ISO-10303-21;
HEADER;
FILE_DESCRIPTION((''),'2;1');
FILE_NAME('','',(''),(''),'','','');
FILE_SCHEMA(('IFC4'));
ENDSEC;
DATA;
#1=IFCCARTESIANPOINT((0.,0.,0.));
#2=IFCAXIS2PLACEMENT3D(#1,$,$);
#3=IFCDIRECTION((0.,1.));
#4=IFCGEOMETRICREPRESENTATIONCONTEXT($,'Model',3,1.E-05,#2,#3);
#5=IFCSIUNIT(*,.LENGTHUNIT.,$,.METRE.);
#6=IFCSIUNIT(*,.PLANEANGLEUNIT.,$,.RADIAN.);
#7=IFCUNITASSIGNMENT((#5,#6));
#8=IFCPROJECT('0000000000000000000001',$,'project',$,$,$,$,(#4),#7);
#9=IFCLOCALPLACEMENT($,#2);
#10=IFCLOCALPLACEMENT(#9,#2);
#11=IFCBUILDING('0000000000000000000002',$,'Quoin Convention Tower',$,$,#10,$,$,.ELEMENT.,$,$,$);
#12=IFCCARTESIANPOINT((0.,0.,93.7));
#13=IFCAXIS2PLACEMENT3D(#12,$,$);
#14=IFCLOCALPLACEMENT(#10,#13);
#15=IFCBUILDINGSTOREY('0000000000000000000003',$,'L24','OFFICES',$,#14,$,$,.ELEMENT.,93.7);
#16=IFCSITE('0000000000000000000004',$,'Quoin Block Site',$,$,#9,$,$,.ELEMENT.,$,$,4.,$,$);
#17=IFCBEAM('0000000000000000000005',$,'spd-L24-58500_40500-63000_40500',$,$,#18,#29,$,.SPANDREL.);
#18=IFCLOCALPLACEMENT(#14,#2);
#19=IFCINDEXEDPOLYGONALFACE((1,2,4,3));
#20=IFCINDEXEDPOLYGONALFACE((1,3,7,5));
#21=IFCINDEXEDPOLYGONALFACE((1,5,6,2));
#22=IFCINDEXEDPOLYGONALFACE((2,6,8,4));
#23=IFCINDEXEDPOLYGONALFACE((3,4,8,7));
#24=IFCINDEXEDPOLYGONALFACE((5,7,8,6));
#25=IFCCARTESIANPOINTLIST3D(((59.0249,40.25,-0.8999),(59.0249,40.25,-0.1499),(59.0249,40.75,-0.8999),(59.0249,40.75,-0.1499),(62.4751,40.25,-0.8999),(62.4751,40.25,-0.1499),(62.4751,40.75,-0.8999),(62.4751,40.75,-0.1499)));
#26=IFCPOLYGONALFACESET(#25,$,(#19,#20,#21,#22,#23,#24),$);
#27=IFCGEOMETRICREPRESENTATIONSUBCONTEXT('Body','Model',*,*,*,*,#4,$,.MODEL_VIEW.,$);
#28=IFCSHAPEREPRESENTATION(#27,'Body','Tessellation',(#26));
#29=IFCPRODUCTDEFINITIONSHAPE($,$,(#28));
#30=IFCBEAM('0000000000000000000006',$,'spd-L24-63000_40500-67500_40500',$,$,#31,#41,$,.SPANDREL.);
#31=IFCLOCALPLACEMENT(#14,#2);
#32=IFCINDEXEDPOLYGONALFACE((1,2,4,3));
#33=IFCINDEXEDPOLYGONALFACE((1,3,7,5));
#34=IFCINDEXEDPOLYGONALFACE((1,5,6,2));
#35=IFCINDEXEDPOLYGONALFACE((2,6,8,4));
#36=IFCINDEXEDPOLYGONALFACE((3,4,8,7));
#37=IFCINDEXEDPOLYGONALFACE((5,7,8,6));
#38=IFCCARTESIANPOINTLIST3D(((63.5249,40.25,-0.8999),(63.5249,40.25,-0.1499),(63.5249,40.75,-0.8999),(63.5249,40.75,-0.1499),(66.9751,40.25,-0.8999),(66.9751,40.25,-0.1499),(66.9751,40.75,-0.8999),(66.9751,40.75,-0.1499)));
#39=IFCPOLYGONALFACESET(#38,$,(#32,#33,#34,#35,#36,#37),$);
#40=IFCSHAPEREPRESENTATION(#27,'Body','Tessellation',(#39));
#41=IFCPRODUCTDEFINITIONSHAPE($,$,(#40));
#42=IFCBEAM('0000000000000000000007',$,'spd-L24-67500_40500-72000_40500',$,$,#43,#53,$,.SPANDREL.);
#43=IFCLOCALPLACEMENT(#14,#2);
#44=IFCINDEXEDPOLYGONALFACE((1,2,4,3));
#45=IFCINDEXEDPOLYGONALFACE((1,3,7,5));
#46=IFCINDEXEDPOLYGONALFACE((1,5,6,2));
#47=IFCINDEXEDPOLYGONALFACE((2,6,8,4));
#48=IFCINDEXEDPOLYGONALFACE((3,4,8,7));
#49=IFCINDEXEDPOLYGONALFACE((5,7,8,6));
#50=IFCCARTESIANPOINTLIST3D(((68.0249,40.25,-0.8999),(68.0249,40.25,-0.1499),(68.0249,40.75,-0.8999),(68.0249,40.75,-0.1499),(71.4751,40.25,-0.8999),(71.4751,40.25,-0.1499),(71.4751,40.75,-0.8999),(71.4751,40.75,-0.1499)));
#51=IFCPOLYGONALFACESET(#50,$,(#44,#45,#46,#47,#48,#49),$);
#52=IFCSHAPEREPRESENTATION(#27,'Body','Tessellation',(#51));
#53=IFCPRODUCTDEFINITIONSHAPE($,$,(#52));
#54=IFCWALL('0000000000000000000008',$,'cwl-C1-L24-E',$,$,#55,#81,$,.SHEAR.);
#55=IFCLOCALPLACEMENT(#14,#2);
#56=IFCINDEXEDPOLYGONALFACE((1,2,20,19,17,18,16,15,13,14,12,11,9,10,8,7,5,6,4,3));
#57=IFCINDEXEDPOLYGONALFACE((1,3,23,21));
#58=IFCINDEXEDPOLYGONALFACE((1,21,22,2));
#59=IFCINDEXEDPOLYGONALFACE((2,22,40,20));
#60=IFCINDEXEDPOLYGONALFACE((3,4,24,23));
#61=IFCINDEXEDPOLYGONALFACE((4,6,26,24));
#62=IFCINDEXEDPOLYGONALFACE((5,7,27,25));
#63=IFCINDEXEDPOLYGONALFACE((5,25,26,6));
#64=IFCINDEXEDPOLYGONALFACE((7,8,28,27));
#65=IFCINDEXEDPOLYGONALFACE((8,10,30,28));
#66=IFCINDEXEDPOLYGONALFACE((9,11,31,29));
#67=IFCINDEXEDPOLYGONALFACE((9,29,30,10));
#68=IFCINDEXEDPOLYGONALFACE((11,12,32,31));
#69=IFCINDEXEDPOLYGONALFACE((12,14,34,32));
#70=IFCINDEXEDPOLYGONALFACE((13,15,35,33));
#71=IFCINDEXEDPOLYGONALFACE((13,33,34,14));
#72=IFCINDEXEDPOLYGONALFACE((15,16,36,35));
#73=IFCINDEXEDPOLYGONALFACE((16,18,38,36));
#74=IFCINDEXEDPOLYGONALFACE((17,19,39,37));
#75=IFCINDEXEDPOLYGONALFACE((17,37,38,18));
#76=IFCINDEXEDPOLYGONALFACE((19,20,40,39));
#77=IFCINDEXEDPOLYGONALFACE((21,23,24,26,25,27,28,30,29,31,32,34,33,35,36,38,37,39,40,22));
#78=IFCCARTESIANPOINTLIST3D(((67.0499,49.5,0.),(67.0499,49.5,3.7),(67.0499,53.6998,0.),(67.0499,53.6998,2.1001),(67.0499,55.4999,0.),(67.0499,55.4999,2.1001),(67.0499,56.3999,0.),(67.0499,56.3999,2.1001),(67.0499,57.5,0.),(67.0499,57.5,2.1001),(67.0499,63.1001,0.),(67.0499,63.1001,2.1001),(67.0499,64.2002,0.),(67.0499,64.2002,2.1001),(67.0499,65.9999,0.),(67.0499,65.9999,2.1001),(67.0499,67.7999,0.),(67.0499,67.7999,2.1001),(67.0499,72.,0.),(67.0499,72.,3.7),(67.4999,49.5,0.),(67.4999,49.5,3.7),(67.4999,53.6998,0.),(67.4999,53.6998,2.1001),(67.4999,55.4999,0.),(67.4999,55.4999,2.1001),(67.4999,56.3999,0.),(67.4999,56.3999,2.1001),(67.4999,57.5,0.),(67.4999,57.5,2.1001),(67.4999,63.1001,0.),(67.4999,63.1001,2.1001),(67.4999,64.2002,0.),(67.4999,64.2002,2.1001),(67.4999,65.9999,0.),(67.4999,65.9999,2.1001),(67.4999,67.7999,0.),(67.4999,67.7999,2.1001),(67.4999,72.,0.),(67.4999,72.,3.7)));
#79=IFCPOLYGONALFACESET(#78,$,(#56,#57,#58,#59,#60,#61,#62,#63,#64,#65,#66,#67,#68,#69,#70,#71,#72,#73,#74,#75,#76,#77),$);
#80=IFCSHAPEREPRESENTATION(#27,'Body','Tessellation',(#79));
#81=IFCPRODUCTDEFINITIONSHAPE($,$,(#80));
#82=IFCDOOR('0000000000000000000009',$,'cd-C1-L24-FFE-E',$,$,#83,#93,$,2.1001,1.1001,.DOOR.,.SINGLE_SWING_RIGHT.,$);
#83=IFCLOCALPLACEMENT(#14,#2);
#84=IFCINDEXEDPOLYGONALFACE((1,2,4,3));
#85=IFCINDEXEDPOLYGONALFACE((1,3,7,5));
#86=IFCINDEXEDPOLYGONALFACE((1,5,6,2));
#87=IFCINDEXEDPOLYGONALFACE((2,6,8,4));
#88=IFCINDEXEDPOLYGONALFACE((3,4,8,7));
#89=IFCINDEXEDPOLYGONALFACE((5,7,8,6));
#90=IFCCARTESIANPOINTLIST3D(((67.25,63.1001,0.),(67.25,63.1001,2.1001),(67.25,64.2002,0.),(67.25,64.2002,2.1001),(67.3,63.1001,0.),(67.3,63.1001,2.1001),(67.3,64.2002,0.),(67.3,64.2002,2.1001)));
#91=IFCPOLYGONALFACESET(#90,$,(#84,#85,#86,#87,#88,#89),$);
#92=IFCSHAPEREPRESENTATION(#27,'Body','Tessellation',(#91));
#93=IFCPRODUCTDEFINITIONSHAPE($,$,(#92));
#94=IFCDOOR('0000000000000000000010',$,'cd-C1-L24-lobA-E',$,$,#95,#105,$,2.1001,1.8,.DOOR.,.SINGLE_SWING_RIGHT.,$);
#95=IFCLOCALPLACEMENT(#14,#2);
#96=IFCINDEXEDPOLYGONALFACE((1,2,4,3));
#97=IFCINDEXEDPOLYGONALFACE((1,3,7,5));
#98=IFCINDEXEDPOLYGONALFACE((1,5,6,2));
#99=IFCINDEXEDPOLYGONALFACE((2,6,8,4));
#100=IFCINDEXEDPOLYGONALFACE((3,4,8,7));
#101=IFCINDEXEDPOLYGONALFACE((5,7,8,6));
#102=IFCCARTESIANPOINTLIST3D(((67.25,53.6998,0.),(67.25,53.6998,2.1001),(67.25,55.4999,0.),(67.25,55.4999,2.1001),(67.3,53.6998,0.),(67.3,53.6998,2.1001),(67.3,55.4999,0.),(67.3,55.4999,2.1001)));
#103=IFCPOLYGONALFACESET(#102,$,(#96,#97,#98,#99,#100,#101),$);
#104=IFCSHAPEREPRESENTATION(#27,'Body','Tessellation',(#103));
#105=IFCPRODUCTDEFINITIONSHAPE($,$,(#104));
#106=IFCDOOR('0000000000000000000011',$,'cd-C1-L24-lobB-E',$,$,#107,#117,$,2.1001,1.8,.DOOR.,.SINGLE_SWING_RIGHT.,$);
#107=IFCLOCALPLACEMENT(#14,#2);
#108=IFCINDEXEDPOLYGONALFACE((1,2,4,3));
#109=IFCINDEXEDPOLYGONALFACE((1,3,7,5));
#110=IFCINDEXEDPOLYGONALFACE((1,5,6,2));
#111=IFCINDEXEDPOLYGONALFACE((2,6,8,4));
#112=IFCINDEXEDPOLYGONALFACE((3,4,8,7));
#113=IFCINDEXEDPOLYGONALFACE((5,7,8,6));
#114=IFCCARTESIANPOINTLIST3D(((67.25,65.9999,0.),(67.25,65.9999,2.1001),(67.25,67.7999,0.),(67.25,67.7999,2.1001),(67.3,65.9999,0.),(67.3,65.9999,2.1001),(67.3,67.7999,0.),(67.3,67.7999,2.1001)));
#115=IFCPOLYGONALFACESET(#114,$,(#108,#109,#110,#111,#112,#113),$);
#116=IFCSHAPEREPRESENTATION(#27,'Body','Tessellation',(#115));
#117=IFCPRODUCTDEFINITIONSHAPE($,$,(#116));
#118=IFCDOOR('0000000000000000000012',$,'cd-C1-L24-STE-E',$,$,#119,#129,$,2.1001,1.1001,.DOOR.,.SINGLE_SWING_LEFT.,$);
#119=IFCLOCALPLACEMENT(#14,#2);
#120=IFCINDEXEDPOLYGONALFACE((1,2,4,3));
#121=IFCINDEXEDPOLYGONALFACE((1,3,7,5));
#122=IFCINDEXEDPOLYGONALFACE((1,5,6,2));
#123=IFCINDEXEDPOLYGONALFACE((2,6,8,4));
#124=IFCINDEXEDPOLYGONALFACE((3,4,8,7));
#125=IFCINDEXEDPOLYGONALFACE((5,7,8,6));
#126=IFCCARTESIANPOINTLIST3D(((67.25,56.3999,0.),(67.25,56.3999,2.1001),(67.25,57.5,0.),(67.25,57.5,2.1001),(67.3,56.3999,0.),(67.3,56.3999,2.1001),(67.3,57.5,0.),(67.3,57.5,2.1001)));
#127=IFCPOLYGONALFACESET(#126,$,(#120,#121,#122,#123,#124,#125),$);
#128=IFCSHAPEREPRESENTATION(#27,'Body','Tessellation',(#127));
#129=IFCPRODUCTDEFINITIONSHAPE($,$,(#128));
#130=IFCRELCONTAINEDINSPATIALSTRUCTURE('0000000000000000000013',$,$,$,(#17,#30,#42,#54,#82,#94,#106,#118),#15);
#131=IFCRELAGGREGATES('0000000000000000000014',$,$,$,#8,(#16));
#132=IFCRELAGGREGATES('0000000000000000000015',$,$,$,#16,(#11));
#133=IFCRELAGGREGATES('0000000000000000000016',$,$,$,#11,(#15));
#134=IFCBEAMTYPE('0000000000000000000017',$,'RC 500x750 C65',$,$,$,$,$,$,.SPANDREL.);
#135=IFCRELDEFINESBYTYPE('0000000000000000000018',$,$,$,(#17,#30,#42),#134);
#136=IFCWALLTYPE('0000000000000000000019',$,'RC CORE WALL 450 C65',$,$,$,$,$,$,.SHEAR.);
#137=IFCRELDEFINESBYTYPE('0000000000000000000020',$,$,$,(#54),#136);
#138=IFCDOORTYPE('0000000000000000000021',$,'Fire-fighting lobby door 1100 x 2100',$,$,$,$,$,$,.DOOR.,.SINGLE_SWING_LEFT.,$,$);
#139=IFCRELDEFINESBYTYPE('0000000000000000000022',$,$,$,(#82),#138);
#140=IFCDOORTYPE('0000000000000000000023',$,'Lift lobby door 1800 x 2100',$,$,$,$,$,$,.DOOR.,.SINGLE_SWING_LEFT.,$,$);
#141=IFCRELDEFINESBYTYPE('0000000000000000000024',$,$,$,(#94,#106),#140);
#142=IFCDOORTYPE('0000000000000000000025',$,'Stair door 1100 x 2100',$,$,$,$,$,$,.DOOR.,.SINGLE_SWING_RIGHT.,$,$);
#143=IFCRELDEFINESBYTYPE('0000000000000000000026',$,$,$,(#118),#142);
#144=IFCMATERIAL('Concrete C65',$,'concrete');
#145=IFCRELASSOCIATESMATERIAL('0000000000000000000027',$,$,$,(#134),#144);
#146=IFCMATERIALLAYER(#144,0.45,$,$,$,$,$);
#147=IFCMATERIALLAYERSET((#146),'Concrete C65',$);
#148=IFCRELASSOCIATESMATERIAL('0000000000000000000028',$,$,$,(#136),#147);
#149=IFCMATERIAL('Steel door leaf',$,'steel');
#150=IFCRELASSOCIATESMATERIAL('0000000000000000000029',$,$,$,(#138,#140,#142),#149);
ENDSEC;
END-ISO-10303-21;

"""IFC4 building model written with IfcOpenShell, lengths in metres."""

from ifc_helpers import new_model, si_unit, direction, frame, frame_2d, origin, origin_2d, place, context, subcontext, project, spatial, rectangle, extrude, material, layer, layer_set, material_profile, profile_set, type_object, element, fill, save


model = new_model("IFC4")

# Units and contexts
model_context = context("Model", 3, precision=1e-05, world=origin(), true_north=direction((0.0, 1.0)))
body_context = subcontext(model_context, "Body", "Model", "MODEL_VIEW")
ifc_project = project(units=[si_unit("LENGTHUNIT", "METRE"), si_unit("PLANEANGLEUNIT", "RADIAN")], contexts=[model_context])

# Site, building, storey
site_placement = place(None, origin())
site = spatial("IfcSite", under=ifc_project, at=site_placement, Name="Quoin Block Site", CompositionType="ELEMENT", RefElevation=4.0)
building_placement = place(site_placement, origin())
building = spatial("IfcBuilding", under=site, at=building_placement, Name="Quoin Convention Tower", CompositionType="ELEMENT")
storey_placement = place(building_placement, frame((0.0, 0.0, 93.7)))
storey = spatial("IfcBuildingStorey", under=building, at=storey_placement, Name="L24", Description="OFFICES", CompositionType="ELEMENT", Elevation=93.7)

# Shared definitions
ifc_material_1 = material(Name="Concrete C65", Category="concrete")

# Beams
ifc_material_profile_1 = material_profile(ifc_material_1, rectangle(XDim=0.5, YDim=0.75, at=origin_2d()), Name="RC 500x750")
ifc_profile_set_1 = profile_set([ifc_material_profile_1], Name="Concrete C65")
beam_type_1 = type_object("IfcBeamType", Name="RC 500x750 C65", PredefinedType="SPANDREL", material=ifc_profile_set_1)
for number, where, z_axis, x_axis, name in (
    (1, (59.0249, 40.5, -0.5249), (1.0, 0.0, 0.0), (0.0, 1.0, 0.0), "spd-L24-58500_40500-63000_40500"),
    (2, (63.5249, 40.5, -0.5249), (1.0, 0.0, 0.0), (0.0, 1.0, 0.0), "spd-L24-63000_40500-67500_40500"),
    (3, (68.0249, 40.5, -0.5249), (1.0, 0.0, 0.0), (0.0, 1.0, 0.0), "spd-L24-67500_40500-72000_40500"),
):
    element("IfcBeam", number, at=place(storey_placement, frame(where, z_axis=z_axis, x_axis=x_axis)), inside=storey, type_object=beam_type_1, Name=name, PredefinedType="SPANDREL", context=body_context, shape_type="SweptSolid", body=[
        extrude(rectangle(XDim=0.5, YDim=0.75, at=origin_2d()), origin(), (0.0, 0.0, 1.0), 3.4502),
    ])

# Wall, openings, doors
ifc_layer = layer(ifc_material_1, 0.45)
ifc_layer_set = layer_set([ifc_layer], Name="Concrete C65")
wall_type = type_object("IfcWallType", Name="RC CORE WALL 450 C65", PredefinedType="SHEAR", material=ifc_layer_set)
wall_placement = place(storey_placement, frame((67.2749, 49.5, 0.0), z_axis=(0.0, 0.0, 1.0), x_axis=(0.0, 1.0, 0.0)))
wall = element("IfcWall", 4, at=wall_placement, inside=storey, type_object=wall_type, Name="cwl-C1-L24-E", PredefinedType="SHEAR", context=body_context, shape_type="SweptSolid", body=[
    extrude(rectangle(XDim=22.5, YDim=0.45, at=frame_2d((11.25, 0.0))), origin(), (0.0, 0.0, 1.0), 3.7),
])
opening_1_placement = place(wall_placement, frame((4.2, 0.0, 0.0)))
opening_1 = element("IfcOpeningElement", 5, at=opening_1_placement, cuts=wall, PredefinedType="OPENING", context=body_context, shape_type="SweptSolid", body=[
    extrude(rectangle(XDim=1.8, YDim=2.1001, at=frame_2d((0.8999, 1.05))), frame((0.0, 0.2349, 0.0), z_axis=(0.0, -1.0, 0.0), x_axis=(1.0, 0.0, 0.0)), (0.0, 0.0, 1.0), 0.47),
])
opening_2_placement = place(wall_placement, frame((6.8999, 0.0, 0.0)))
opening_2 = element("IfcOpeningElement", 6, at=opening_2_placement, cuts=wall, PredefinedType="OPENING", context=body_context, shape_type="SweptSolid", body=[
    extrude(rectangle(XDim=1.1001, YDim=2.1001, at=frame_2d((0.55, 1.05))), frame((0.0, 0.2349, 0.0), z_axis=(0.0, -1.0, 0.0), x_axis=(1.0, 0.0, 0.0)), (0.0, 0.0, 1.0), 0.47),
])
opening_3_placement = place(wall_placement, frame((13.6001, 0.0, 0.0)))
opening_3 = element("IfcOpeningElement", 7, at=opening_3_placement, cuts=wall, PredefinedType="OPENING", context=body_context, shape_type="SweptSolid", body=[
    extrude(rectangle(XDim=1.1001, YDim=2.1001, at=frame_2d((0.55, 1.05))), frame((0.0, 0.2349, 0.0), z_axis=(0.0, -1.0, 0.0), x_axis=(1.0, 0.0, 0.0)), (0.0, 0.0, 1.0), 0.47),
])
opening_4_placement = place(wall_placement, frame((16.5, 0.0, 0.0)))
opening_4 = element("IfcOpeningElement", 8, at=opening_4_placement, cuts=wall, PredefinedType="OPENING", context=body_context, shape_type="SweptSolid", body=[
    extrude(rectangle(XDim=1.8, YDim=2.1001, at=frame_2d((0.8999, 1.05))), frame((0.0, 0.2349, 0.0), z_axis=(0.0, -1.0, 0.0), x_axis=(1.0, 0.0, 0.0)), (0.0, 0.0, 1.0), 0.47),
])
ifc_material_2 = material(Name="Steel door leaf", Category="steel")
door_type_1 = type_object("IfcDoorType", Name="Fire-fighting lobby door 1100 x 2100", OperationType="SINGLE_SWING_LEFT", PredefinedType="DOOR", material=ifc_material_2)
door_1_placement = place(opening_3_placement, origin())
door_1 = element("IfcDoor", 9, at=door_1_placement, inside=storey, type_object=door_type_1, Name="cd-C1-L24-FFE-E", OperationType="SINGLE_SWING_RIGHT", OverallHeight=2.1001, OverallWidth=1.1001, PredefinedType="DOOR", context=body_context, shape_type="SweptSolid", body=[
    extrude(rectangle(XDim=1.1001, YDim=2.1001, at=frame_2d((0.55, 1.05))), frame((0.0, 0.0249, 0.0), z_axis=(0.0, -1.0, 0.0), x_axis=(1.0, 0.0, 0.0)), (0.0, 0.0, 1.0), 0.05),
])
fill(opening_3, door_1)
door_type_2 = type_object("IfcDoorType", Name="Lift lobby door 1800 x 2100", OperationType="SINGLE_SWING_LEFT", PredefinedType="DOOR", material=ifc_material_2)
door_2_placement = place(opening_1_placement, origin())
door_2 = element("IfcDoor", 10, at=door_2_placement, inside=storey, type_object=door_type_2, Name="cd-C1-L24-lobA-E", OperationType="SINGLE_SWING_RIGHT", OverallHeight=2.1001, OverallWidth=1.8, PredefinedType="DOOR", context=body_context, shape_type="SweptSolid", body=[
    extrude(rectangle(XDim=1.8, YDim=2.1001, at=frame_2d((0.8999, 1.05))), frame((0.0, 0.0249, 0.0), z_axis=(0.0, -1.0, 0.0), x_axis=(1.0, 0.0, 0.0)), (0.0, 0.0, 1.0), 0.05),
])
fill(opening_1, door_2)
door_3_placement = place(opening_4_placement, origin())
door_3 = element("IfcDoor", 11, at=door_3_placement, inside=storey, type_object=door_type_2, Name="cd-C1-L24-lobB-E", OperationType="SINGLE_SWING_RIGHT", OverallHeight=2.1001, OverallWidth=1.8, PredefinedType="DOOR", context=body_context, shape_type="SweptSolid", body=[
    extrude(rectangle(XDim=1.8, YDim=2.1001, at=frame_2d((0.8999, 1.05))), frame((0.0, 0.0249, 0.0), z_axis=(0.0, -1.0, 0.0), x_axis=(1.0, 0.0, 0.0)), (0.0, 0.0, 1.0), 0.05),
])
fill(opening_4, door_3)
door_type_3 = type_object("IfcDoorType", Name="Stair door 1100 x 2100", OperationType="SINGLE_SWING_RIGHT", PredefinedType="DOOR", material=ifc_material_2)
door_4_placement = place(opening_2_placement, origin())
door_4 = element("IfcDoor", 12, at=door_4_placement, inside=storey, type_object=door_type_3, Name="cd-C1-L24-STE-E", OperationType="SINGLE_SWING_LEFT", OverallHeight=2.1001, OverallWidth=1.1001, PredefinedType="DOOR", context=body_context, shape_type="SweptSolid", body=[
    extrude(rectangle(XDim=1.1001, YDim=2.1001, at=frame_2d((0.55, 1.05))), frame((0.0, 0.0249, 0.0), z_axis=(0.0, -1.0, 0.0), x_axis=(1.0, 0.0, 0.0)), (0.0, 0.0, 1.0), 0.05),
])
fill(opening_2, door_4)

save(model, "model.ifc")
